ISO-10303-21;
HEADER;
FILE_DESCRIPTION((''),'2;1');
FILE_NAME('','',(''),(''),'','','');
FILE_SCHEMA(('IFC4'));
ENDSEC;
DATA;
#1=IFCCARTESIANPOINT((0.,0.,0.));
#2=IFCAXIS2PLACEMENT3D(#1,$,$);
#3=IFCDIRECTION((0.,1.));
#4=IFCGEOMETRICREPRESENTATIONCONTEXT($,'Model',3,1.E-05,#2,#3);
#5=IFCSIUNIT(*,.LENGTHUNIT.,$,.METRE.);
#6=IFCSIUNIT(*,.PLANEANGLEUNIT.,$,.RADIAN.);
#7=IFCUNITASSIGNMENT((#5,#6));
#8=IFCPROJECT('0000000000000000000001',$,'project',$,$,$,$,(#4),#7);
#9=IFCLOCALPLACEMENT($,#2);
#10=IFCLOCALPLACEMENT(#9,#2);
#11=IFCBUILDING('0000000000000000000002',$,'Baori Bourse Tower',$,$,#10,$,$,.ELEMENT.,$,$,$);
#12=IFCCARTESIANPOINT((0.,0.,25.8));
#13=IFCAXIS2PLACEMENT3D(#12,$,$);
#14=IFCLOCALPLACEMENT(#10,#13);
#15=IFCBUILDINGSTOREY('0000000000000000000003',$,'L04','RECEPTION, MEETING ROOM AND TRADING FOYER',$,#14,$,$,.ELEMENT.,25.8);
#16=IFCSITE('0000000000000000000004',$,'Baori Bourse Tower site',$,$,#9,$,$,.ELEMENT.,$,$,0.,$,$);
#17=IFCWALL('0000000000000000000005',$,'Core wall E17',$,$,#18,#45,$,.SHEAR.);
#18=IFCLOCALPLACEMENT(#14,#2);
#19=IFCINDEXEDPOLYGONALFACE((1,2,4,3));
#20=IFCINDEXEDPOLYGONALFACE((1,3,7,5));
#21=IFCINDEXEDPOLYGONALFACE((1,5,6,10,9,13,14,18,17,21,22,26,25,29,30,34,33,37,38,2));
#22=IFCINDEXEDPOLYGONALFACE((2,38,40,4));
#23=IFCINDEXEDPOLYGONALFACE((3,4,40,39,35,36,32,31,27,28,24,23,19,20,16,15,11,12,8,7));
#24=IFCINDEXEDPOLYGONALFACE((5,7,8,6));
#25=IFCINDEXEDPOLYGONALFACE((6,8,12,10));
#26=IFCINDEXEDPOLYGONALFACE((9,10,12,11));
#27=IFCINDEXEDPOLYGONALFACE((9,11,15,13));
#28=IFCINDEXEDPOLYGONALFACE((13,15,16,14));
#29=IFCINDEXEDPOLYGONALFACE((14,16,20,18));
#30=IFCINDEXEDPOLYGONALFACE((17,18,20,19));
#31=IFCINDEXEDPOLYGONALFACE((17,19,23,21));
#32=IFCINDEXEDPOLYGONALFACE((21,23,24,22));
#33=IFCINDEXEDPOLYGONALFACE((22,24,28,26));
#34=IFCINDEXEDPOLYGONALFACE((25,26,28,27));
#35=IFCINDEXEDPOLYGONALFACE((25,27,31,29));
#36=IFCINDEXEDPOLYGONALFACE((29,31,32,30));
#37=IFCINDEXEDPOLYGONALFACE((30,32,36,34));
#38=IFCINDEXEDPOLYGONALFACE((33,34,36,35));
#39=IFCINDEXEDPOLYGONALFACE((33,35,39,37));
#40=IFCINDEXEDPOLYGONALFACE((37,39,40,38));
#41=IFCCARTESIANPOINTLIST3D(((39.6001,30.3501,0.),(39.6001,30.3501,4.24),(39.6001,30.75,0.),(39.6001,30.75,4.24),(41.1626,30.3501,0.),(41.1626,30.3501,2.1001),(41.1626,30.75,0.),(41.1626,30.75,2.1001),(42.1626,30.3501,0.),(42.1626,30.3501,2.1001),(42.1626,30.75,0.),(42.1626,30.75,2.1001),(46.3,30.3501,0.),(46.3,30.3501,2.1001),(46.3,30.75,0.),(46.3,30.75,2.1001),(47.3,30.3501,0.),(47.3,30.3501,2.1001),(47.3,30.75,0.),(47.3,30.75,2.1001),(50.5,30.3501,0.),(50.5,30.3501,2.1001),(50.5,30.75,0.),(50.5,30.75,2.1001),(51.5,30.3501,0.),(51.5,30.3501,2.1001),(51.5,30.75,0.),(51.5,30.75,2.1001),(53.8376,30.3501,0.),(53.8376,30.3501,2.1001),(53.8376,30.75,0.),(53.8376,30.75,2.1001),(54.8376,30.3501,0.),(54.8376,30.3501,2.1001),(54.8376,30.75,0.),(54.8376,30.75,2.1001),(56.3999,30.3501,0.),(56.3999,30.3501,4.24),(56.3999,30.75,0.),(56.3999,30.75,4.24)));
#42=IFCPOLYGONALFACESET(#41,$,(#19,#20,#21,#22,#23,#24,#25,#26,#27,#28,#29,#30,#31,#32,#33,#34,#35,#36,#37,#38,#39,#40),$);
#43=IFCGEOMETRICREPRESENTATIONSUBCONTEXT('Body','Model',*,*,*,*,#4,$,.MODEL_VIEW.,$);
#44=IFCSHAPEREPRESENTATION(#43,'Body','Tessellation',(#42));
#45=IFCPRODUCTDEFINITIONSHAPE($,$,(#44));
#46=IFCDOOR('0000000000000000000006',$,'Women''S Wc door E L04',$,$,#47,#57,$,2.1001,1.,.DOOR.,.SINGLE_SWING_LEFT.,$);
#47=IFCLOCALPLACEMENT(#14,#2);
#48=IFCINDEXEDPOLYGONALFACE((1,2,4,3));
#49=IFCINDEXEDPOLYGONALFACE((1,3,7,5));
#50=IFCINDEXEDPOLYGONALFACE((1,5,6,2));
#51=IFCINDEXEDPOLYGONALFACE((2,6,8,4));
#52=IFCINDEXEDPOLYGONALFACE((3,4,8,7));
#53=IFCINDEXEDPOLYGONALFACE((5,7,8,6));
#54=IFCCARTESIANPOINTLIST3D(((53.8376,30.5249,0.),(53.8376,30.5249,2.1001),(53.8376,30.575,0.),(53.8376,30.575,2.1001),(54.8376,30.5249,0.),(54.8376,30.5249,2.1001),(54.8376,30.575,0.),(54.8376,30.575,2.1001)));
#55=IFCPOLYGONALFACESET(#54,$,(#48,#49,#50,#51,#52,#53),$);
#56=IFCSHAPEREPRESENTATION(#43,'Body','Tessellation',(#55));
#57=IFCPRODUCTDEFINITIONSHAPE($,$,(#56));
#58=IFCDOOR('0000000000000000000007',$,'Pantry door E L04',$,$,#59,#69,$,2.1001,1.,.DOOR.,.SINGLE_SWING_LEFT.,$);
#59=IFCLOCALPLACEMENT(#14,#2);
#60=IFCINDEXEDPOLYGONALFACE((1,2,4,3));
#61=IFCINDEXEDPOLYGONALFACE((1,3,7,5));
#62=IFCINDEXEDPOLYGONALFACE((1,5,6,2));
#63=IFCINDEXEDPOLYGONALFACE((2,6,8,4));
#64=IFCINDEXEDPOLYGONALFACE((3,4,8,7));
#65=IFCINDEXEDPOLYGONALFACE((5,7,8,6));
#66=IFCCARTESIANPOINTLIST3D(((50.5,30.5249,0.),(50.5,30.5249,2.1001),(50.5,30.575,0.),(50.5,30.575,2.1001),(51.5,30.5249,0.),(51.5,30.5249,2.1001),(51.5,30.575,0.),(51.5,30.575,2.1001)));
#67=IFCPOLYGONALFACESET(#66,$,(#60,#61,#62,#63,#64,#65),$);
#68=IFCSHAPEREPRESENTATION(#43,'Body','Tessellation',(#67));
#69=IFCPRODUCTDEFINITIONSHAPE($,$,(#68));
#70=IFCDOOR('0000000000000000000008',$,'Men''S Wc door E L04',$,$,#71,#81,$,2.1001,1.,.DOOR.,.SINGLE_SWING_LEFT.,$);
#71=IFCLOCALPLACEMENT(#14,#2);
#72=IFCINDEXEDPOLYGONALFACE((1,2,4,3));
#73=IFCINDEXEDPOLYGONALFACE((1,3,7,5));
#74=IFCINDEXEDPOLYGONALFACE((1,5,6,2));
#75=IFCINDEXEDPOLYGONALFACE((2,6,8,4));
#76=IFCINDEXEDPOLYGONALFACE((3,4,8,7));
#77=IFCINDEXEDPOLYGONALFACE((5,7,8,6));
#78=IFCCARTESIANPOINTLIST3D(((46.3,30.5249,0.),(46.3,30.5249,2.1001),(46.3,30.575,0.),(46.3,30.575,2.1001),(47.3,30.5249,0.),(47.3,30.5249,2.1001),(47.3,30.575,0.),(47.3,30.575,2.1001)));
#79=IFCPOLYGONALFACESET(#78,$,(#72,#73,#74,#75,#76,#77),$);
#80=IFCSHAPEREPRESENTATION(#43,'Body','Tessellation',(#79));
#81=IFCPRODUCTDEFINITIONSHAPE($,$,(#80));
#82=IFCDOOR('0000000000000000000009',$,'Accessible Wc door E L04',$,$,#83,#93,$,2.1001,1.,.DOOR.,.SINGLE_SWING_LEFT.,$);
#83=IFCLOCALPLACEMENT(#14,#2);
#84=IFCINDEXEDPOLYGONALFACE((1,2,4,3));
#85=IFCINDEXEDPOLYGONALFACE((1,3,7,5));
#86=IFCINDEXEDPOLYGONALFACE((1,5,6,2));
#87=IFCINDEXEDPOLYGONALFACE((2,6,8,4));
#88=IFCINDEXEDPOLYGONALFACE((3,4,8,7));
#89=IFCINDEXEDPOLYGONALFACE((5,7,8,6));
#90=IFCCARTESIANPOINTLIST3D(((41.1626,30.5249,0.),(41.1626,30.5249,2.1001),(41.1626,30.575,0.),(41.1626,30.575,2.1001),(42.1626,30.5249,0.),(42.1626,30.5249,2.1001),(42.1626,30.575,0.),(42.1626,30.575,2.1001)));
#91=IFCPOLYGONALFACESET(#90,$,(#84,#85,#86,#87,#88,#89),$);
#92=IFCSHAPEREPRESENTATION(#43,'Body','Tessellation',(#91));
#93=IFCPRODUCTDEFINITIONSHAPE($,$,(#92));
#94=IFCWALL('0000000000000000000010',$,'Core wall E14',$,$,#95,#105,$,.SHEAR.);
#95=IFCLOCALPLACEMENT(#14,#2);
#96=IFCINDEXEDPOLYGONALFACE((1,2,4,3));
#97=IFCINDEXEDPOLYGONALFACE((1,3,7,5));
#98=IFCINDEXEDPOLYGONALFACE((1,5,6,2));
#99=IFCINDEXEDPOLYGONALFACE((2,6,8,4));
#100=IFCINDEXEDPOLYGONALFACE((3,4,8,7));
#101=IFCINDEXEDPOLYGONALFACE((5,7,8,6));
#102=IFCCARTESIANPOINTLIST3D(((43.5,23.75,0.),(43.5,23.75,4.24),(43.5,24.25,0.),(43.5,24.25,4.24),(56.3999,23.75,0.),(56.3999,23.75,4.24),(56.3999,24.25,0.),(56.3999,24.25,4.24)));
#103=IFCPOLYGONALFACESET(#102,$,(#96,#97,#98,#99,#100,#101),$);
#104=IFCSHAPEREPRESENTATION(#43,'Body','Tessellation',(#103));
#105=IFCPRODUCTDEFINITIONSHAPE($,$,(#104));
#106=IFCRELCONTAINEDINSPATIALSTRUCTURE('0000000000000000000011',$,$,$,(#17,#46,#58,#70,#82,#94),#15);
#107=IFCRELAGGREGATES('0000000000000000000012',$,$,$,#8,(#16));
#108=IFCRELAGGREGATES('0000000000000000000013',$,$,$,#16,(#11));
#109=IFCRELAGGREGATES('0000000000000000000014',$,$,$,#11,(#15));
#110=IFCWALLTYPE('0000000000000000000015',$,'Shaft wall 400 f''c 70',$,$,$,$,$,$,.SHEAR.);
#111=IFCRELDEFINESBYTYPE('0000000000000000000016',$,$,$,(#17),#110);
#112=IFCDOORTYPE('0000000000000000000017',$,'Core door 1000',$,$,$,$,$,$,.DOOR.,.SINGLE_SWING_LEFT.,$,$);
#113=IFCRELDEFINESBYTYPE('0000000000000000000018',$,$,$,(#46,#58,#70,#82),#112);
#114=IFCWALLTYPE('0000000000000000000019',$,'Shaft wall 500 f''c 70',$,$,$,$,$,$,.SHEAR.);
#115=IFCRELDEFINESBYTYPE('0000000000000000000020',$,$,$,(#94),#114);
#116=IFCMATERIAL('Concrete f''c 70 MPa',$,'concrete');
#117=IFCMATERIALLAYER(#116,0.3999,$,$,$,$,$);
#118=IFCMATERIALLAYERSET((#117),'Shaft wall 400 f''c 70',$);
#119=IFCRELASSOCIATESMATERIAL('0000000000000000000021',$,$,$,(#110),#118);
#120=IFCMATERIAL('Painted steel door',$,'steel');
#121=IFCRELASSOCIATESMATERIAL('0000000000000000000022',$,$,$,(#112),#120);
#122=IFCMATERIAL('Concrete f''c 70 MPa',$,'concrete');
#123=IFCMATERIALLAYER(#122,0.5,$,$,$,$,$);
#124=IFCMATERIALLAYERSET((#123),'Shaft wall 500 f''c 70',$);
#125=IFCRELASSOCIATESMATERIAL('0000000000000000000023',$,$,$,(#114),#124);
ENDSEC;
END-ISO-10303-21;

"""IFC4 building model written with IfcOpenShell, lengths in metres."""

from ifc_helpers import new_model, si_unit, direction, frame, frame_2d, origin, place, context, subcontext, project, spatial, rectangle, extrude, material, layer, layer_set, type_object, element, fill, save


model = new_model("IFC4")

# Units and contexts
model_context = context("Model", 3, precision=1e-05, world=origin(), true_north=direction((0.0, 1.0)))
body_context = subcontext(model_context, "Body", "Model", "MODEL_VIEW")
ifc_project = project(units=[si_unit("LENGTHUNIT", "METRE"), si_unit("PLANEANGLEUNIT", "RADIAN")], contexts=[model_context])

# Site, building, storey
site_placement = place(None, origin())
site = spatial("IfcSite", under=ifc_project, at=site_placement, Name="Baori Bourse Tower site", CompositionType="ELEMENT", RefElevation=0.0)
building_placement = place(site_placement, origin())
building = spatial("IfcBuilding", under=site, at=building_placement, Name="Baori Bourse Tower", CompositionType="ELEMENT")
storey_placement = place(building_placement, frame((0.0, 0.0, 25.8)))
storey = spatial("IfcBuildingStorey", under=building, at=storey_placement, Name="L04", Description="RECEPTION, MEETING ROOM AND TRADING FOYER", CompositionType="ELEMENT", Elevation=25.8)

# Shared definitions
ifc_material_1 = material(Name="Concrete f'c 70 MPa", Category="concrete")
ifc_layer_1 = layer(ifc_material_1, 0.3999)
ifc_layer_set_1 = layer_set([ifc_layer_1], Name="Shaft wall 400 f'c 70")
wall_type_1 = type_object("IfcWallType", Name="Shaft wall 400 f'c 70", PredefinedType="SHEAR", material=ifc_layer_set_1)

# Wall, openings, doors
wall_1_placement = place(storey_placement, frame((39.6001, 30.55, 0.0), z_axis=(0.0, 0.0, 1.0), x_axis=(1.0, 0.0, 0.0)))
wall_1 = element("IfcWall", 1, at=wall_1_placement, inside=storey, type_object=wall_type_1, Name="Core wall E17", PredefinedType="SHEAR", context=body_context, shape_type="SweptSolid", body=[
    extrude(rectangle(XDim=16.7998, YDim=0.3999, at=frame_2d((8.3999, 0.0))), origin(), (0.0, 0.0, 1.0), 4.24),
])
opening_1_placement = place(wall_1_placement, frame((14.2375, 0.0, 0.0)))
opening_1 = element("IfcOpeningElement", 2, at=opening_1_placement, cuts=wall_1, PredefinedType="OPENING", context=body_context, shape_type="SweptSolid", body=[
    extrude(rectangle(XDim=1.0, YDim=2.1001, at=frame_2d((0.5, 1.05))), frame((0.0, 0.21, 0.0), z_axis=(0.0, -1.0, 0.0), x_axis=(1.0, 0.0, 0.0)), (0.0, 0.0, 1.0), 0.4199),
])
opening_2_placement = place(wall_1_placement, frame((10.8999, 0.0, 0.0)))
opening_2 = element("IfcOpeningElement", 3, at=opening_2_placement, cuts=wall_1, PredefinedType="OPENING", context=body_context, shape_type="SweptSolid", body=[
    extrude(rectangle(XDim=1.0, YDim=2.1001, at=frame_2d((0.5, 1.05))), frame((0.0, 0.21, 0.0), z_axis=(0.0, -1.0, 0.0), x_axis=(1.0, 0.0, 0.0)), (0.0, 0.0, 1.0), 0.4199),
])
opening_3_placement = place(wall_1_placement, frame((6.7, 0.0, 0.0)))
opening_3 = element("IfcOpeningElement", 4, at=opening_3_placement, cuts=wall_1, PredefinedType="OPENING", context=body_context, shape_type="SweptSolid", body=[
    extrude(rectangle(XDim=1.0, YDim=2.1001, at=frame_2d((0.5, 1.05))), frame((0.0, 0.21, 0.0), z_axis=(0.0, -1.0, 0.0), x_axis=(1.0, 0.0, 0.0)), (0.0, 0.0, 1.0), 0.4199),
])
opening_4_placement = place(wall_1_placement, frame((1.5625, 0.0, 0.0)))
opening_4 = element("IfcOpeningElement", 5, at=opening_4_placement, cuts=wall_1, PredefinedType="OPENING", context=body_context, shape_type="SweptSolid", body=[
    extrude(rectangle(XDim=1.0, YDim=2.1001, at=frame_2d((0.5, 1.05))), frame((0.0, 0.21, 0.0), z_axis=(0.0, -1.0, 0.0), x_axis=(1.0, 0.0, 0.0)), (0.0, 0.0, 1.0), 0.4199),
])
ifc_material_2 = material(Name="Painted steel door", Category="steel")
door_type_1 = type_object("IfcDoorType", Name="Core door 1000", OperationType="SINGLE_SWING_LEFT", PredefinedType="DOOR", material=ifc_material_2)
door_1_placement = place(opening_1_placement, origin())
door_1 = element("IfcDoor", 6, at=door_1_placement, inside=storey, type_object=door_type_1, Name="Women'S Wc door E L04", OperationType="SINGLE_SWING_LEFT", OverallHeight=2.1001, OverallWidth=1.0, PredefinedType="DOOR", context=body_context, shape_type="SweptSolid", body=[
    extrude(rectangle(XDim=1.0, YDim=2.1001, at=frame_2d((0.5, 1.05))), frame((0.0, 0.0249, 0.0), z_axis=(0.0, -1.0, 0.0), x_axis=(1.0, 0.0, 0.0)), (0.0, 0.0, 1.0), 0.05),
])
fill(opening_1, door_1)
door_2_placement = place(opening_2_placement, origin())
door_2 = element("IfcDoor", 7, at=door_2_placement, inside=storey, type_object=door_type_1, Name="Pantry door E L04", OperationType="SINGLE_SWING_LEFT", OverallHeight=2.1001, OverallWidth=1.0, PredefinedType="DOOR", context=body_context, shape_type="SweptSolid", body=[
    extrude(rectangle(XDim=1.0, YDim=2.1001, at=frame_2d((0.5, 1.05))), frame((0.0, 0.0249, 0.0), z_axis=(0.0, -1.0, 0.0), x_axis=(1.0, 0.0, 0.0)), (0.0, 0.0, 1.0), 0.05),
])
fill(opening_2, door_2)
door_3_placement = place(opening_3_placement, origin())
door_3 = element("IfcDoor", 8, at=door_3_placement, inside=storey, type_object=door_type_1, Name="Men'S Wc door E L04", OperationType="SINGLE_SWING_LEFT", OverallHeight=2.1001, OverallWidth=1.0, PredefinedType="DOOR", context=body_context, shape_type="SweptSolid", body=[
    extrude(rectangle(XDim=1.0, YDim=2.1001, at=frame_2d((0.5, 1.05))), frame((0.0, 0.0249, 0.0), z_axis=(0.0, -1.0, 0.0), x_axis=(1.0, 0.0, 0.0)), (0.0, 0.0, 1.0), 0.05),
])
fill(opening_3, door_3)
door_4_placement = place(opening_4_placement, origin())
door_4 = element("IfcDoor", 9, at=door_4_placement, inside=storey, type_object=door_type_1, Name="Accessible Wc door E L04", OperationType="SINGLE_SWING_LEFT", OverallHeight=2.1001, OverallWidth=1.0, PredefinedType="DOOR", context=body_context, shape_type="SweptSolid", body=[
    extrude(rectangle(XDim=1.0, YDim=2.1001, at=frame_2d((0.5, 1.05))), frame((0.0, 0.0249, 0.0), z_axis=(0.0, -1.0, 0.0), x_axis=(1.0, 0.0, 0.0)), (0.0, 0.0, 1.0), 0.05),
])
fill(opening_4, door_4)

# Wall
ifc_material_3 = material(Name="Concrete f'c 70 MPa", Category="concrete")
ifc_layer_2 = layer(ifc_material_3, 0.5)
ifc_layer_set_2 = layer_set([ifc_layer_2], Name="Shaft wall 500 f'c 70")
wall_type_2 = type_object("IfcWallType", Name="Shaft wall 500 f'c 70", PredefinedType="SHEAR", material=ifc_layer_set_2)
wall_2_placement = place(storey_placement, frame((43.5, 24.0, 0.0), z_axis=(0.0, 0.0, 1.0), x_axis=(1.0, 0.0, 0.0)))
element("IfcWall", 10, at=wall_2_placement, inside=storey, type_object=wall_type_2, Name="Core wall E14", PredefinedType="SHEAR", context=body_context, shape_type="SweptSolid", body=[
    extrude(rectangle(XDim=12.8999, YDim=0.5, at=frame_2d((6.45, 0.0))), origin(), (0.0, 0.0, 1.0), 4.24),
])

save(model, "model.ifc")
